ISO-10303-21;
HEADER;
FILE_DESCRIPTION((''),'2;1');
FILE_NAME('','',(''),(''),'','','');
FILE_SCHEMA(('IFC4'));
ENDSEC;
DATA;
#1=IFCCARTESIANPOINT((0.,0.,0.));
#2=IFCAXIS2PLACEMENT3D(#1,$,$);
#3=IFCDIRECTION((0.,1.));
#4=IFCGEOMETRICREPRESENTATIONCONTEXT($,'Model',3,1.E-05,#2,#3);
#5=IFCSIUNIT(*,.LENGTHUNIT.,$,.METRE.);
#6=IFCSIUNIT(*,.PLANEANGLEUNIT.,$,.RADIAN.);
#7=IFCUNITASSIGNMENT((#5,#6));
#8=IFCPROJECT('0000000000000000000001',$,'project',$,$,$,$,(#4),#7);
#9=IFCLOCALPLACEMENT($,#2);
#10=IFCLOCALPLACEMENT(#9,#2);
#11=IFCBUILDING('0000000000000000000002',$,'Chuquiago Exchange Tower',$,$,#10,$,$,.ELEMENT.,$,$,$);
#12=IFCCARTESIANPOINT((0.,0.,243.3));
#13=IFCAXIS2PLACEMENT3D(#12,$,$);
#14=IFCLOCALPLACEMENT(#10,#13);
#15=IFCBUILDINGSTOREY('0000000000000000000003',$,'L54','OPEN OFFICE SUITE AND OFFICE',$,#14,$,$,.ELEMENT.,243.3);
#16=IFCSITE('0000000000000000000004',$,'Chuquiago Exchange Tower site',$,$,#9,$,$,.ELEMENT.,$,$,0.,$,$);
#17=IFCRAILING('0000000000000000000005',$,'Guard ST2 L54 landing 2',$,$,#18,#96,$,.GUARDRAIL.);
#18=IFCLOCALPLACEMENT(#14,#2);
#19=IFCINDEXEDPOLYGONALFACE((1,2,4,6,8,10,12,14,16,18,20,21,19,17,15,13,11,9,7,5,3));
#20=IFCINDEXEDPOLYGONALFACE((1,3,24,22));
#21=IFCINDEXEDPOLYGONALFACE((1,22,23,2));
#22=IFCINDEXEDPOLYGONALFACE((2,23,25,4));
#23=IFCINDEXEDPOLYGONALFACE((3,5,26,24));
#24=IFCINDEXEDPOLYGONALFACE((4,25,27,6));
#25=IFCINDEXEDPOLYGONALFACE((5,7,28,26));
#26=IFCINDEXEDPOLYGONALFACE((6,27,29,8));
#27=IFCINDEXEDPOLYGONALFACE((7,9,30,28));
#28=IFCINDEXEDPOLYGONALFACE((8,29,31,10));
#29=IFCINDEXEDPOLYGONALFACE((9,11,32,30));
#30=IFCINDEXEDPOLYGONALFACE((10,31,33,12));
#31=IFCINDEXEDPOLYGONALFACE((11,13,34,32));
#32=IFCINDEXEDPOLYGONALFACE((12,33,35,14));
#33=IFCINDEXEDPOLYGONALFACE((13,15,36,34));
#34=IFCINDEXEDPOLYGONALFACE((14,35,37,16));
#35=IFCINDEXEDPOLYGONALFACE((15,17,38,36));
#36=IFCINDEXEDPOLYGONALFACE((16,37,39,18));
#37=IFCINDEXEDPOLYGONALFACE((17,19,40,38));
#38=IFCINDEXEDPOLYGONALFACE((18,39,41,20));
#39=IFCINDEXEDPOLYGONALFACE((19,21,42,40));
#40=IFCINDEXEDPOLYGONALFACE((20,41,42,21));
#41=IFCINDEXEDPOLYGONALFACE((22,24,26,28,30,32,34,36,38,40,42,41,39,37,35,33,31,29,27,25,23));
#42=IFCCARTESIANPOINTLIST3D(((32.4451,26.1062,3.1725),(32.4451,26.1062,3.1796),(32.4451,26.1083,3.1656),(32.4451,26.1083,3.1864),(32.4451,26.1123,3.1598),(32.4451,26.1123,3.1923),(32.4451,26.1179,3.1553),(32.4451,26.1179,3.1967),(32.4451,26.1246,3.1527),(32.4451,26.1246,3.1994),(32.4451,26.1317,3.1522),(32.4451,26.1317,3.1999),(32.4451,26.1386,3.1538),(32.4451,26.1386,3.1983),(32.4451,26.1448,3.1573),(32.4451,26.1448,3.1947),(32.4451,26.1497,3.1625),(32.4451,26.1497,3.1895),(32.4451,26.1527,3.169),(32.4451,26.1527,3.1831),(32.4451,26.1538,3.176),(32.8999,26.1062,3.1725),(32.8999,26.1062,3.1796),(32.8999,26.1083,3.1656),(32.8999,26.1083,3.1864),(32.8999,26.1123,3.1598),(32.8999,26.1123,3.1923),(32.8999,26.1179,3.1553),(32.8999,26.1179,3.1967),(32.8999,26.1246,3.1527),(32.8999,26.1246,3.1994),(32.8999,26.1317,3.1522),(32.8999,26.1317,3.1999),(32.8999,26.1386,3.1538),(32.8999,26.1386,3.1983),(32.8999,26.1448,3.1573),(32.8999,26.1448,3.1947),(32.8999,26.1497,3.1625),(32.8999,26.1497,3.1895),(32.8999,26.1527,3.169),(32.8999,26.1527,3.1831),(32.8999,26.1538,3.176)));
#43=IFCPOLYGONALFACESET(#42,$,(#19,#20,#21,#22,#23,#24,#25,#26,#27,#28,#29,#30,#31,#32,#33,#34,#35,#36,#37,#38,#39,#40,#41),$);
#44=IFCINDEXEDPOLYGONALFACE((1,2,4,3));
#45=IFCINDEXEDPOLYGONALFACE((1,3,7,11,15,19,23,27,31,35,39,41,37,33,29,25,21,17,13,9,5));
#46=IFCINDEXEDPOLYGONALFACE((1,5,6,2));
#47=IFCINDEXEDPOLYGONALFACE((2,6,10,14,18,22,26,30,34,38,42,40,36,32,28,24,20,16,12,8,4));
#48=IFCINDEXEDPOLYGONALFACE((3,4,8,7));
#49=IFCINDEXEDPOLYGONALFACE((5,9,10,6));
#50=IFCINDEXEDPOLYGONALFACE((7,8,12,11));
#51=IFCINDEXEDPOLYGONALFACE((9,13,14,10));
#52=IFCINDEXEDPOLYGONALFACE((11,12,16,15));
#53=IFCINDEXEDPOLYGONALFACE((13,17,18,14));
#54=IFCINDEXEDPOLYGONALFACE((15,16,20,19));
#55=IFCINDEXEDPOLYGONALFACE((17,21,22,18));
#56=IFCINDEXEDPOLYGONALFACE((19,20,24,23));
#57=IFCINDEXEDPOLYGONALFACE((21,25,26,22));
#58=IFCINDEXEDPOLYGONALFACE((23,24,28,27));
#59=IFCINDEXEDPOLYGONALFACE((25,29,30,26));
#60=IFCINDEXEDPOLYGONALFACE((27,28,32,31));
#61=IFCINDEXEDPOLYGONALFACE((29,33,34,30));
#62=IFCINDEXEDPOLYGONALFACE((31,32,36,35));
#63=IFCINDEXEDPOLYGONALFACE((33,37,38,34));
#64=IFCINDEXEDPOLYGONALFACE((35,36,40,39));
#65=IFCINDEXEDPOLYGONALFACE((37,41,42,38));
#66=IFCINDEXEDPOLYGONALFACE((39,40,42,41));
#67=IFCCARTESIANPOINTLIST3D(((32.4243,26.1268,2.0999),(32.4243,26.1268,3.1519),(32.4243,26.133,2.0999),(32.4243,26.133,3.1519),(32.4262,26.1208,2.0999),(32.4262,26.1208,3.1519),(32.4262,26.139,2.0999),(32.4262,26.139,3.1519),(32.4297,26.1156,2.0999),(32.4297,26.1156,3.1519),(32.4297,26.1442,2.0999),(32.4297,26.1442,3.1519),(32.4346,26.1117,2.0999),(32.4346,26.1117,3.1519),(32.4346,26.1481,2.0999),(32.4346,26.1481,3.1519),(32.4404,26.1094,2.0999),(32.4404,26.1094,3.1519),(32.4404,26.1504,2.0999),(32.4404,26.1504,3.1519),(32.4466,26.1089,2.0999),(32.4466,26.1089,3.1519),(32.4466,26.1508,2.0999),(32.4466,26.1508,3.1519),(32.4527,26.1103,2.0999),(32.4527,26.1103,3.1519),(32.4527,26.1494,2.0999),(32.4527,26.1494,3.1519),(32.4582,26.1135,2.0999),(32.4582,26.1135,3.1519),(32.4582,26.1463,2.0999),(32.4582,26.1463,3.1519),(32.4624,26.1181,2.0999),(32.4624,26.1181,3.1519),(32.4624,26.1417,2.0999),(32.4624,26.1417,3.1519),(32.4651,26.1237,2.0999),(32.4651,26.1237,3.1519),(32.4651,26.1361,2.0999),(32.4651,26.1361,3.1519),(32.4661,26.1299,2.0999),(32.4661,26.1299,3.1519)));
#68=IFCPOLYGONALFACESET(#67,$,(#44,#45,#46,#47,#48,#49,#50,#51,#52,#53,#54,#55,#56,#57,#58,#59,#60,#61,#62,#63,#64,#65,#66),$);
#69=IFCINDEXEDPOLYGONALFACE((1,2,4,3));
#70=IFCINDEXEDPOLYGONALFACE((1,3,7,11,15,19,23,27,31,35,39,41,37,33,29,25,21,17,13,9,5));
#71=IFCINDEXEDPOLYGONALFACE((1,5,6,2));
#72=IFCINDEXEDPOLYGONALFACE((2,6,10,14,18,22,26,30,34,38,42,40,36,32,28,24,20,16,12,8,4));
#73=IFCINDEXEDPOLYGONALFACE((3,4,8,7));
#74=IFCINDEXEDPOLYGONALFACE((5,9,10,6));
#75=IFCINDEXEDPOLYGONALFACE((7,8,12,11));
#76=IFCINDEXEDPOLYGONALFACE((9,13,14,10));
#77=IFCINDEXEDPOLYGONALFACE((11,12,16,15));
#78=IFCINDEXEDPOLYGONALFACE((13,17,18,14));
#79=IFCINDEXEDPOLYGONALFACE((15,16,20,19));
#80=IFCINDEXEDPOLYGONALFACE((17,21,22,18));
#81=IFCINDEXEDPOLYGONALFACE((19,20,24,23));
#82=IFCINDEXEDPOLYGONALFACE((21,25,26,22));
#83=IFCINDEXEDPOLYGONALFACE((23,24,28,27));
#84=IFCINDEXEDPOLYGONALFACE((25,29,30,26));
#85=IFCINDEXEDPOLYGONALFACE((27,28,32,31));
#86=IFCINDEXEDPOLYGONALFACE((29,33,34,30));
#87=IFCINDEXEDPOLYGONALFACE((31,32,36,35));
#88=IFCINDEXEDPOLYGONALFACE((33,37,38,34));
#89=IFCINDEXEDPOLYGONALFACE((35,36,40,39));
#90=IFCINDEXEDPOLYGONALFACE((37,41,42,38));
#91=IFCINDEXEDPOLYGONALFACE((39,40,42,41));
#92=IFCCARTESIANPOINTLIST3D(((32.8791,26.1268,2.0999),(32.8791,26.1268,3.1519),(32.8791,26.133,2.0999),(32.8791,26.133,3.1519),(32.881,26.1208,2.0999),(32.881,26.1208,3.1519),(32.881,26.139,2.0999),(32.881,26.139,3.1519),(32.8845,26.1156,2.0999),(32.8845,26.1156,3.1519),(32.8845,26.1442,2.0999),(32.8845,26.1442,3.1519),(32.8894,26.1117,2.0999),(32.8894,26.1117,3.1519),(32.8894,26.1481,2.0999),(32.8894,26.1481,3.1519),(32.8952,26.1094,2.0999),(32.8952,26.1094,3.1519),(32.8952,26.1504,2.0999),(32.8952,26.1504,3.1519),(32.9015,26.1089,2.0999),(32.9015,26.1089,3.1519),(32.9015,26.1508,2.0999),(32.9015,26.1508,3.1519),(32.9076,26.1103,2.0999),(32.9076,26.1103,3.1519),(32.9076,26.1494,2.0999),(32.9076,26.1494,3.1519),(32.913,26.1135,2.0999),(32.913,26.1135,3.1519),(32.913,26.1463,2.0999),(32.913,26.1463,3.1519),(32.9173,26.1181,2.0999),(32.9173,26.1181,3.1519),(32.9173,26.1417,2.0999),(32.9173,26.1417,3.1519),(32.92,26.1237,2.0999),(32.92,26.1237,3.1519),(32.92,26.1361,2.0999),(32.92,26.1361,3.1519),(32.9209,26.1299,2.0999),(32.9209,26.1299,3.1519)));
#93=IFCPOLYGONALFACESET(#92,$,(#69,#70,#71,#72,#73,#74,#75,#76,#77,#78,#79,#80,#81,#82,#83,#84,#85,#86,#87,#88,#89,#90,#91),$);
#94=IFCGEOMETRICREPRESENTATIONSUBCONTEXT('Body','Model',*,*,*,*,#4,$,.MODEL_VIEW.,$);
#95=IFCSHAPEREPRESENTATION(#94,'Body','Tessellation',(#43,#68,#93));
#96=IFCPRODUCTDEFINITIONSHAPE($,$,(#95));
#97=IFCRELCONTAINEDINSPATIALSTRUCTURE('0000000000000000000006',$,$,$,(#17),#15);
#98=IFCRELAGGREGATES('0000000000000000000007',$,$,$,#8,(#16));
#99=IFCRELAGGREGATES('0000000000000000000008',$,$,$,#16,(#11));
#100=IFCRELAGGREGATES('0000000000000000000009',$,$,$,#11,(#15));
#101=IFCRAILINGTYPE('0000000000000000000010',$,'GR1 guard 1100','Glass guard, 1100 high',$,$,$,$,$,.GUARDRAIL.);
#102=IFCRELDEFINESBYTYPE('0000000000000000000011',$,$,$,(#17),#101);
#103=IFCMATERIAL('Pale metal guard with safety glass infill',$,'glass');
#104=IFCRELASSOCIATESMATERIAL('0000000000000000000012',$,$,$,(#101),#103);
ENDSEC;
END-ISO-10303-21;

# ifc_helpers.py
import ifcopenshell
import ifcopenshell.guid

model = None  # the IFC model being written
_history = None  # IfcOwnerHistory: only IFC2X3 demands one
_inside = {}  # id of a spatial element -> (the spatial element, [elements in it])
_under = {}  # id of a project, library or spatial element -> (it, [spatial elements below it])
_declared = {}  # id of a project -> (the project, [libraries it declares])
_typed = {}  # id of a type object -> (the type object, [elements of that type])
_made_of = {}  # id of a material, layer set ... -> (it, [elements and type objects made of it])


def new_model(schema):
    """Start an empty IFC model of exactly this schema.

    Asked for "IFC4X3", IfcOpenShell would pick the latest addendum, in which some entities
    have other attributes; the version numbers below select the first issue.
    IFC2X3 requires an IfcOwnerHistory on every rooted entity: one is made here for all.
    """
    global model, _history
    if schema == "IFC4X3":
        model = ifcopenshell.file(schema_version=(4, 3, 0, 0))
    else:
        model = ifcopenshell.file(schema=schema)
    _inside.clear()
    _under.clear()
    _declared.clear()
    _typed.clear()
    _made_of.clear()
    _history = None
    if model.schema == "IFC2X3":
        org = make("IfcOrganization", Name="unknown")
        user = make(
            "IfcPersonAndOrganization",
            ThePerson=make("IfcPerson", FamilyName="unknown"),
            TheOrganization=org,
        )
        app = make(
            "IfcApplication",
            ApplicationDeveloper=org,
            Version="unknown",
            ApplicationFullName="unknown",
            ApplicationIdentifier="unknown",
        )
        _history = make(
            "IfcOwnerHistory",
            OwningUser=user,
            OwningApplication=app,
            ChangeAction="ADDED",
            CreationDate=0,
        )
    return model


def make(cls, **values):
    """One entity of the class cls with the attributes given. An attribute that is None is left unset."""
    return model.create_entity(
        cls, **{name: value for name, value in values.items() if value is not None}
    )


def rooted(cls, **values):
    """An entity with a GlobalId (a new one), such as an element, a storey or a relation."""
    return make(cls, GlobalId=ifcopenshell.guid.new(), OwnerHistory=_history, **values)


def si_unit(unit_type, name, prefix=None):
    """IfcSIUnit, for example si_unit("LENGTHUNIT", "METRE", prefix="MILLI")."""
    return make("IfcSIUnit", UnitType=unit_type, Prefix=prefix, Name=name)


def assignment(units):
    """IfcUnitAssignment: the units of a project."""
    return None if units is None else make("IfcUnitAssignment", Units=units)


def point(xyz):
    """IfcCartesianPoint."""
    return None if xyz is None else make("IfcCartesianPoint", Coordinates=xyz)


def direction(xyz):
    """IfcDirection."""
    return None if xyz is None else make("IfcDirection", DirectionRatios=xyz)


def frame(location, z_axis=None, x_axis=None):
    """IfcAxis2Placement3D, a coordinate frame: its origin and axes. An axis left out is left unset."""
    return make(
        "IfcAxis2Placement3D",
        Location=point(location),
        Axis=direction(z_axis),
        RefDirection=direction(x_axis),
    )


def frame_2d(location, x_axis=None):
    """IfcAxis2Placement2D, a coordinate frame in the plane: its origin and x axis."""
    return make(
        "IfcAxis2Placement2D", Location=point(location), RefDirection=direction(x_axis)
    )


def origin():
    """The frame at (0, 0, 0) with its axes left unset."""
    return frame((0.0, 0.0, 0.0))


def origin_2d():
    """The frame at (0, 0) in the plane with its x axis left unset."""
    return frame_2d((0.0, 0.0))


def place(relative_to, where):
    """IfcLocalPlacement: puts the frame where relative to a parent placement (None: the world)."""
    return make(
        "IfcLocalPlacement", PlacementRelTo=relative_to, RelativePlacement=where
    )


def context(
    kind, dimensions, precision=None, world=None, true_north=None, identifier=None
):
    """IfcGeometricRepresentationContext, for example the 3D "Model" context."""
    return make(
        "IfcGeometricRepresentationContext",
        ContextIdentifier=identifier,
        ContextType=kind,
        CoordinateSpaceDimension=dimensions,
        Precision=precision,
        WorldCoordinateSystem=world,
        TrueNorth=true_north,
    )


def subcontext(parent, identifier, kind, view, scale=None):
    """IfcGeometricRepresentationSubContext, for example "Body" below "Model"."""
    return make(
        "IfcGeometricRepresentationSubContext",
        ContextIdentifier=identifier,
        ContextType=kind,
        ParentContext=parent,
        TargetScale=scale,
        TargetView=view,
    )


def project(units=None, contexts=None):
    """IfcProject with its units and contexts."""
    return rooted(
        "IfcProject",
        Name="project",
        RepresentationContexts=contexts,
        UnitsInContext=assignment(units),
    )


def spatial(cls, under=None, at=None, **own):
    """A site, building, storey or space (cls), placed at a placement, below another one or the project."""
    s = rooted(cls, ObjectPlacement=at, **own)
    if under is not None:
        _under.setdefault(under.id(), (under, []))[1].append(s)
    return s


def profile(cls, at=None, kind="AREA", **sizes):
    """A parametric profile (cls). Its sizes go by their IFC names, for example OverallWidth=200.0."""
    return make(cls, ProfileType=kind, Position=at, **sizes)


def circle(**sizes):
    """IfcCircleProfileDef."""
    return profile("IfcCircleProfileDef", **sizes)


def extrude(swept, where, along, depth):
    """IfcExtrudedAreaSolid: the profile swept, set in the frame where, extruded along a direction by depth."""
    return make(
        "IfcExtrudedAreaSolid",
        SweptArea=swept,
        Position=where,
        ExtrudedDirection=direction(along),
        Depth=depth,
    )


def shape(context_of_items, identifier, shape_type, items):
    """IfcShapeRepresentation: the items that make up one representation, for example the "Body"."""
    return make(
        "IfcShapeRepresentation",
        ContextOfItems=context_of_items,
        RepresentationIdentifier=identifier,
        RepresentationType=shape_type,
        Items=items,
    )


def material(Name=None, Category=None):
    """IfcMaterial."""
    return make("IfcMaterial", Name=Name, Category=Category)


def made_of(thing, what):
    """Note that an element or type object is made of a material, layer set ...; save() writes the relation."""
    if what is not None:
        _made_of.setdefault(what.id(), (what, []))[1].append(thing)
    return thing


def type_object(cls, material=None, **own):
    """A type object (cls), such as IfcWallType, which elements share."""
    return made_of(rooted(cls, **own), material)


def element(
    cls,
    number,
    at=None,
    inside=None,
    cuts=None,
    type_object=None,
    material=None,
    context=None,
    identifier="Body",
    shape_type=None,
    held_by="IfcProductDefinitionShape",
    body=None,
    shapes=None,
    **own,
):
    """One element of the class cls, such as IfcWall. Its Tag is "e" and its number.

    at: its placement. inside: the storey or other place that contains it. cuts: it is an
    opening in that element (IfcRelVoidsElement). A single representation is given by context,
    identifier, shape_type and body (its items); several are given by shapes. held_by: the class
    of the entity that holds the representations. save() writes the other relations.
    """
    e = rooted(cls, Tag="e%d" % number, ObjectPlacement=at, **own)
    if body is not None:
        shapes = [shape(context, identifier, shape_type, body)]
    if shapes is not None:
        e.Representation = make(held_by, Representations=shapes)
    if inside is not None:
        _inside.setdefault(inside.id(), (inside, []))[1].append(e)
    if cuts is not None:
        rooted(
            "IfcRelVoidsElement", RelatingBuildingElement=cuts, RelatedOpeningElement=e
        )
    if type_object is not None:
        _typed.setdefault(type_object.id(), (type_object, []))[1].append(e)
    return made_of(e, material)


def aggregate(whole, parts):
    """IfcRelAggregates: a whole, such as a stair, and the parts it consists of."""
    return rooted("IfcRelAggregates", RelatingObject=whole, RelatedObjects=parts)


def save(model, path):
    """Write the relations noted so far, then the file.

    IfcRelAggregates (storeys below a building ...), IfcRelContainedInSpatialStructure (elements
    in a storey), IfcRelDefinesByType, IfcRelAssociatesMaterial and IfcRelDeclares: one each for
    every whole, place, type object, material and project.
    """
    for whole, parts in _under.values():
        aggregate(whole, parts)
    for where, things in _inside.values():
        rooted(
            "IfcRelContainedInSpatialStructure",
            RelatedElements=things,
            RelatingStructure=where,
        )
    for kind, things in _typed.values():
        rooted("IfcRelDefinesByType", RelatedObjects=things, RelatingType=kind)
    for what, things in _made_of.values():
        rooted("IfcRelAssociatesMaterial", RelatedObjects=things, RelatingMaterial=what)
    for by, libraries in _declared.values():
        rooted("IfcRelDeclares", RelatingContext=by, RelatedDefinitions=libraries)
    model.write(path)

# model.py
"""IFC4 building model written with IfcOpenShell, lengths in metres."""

from ifc_helpers import new_model, si_unit, direction, frame, origin, origin_2d, place, context, subcontext, project, spatial, circle, extrude, material, type_object, element, save


model = new_model("IFC4")

# Units and contexts
model_context = context("Model", 3, precision=1e-05, world=origin(), true_north=direction((0.0, 1.0)))
body_context = subcontext(model_context, "Body", "Model", "MODEL_VIEW")
ifc_project = project(units=[si_unit("LENGTHUNIT", "METRE"), si_unit("PLANEANGLEUNIT", "RADIAN")], contexts=[model_context])

# Site, building, storey
site_placement = place(None, origin())
site = spatial("IfcSite", under=ifc_project, at=site_placement, Name="Chuquiago Exchange Tower site", CompositionType="ELEMENT", RefElevation=0.0)
building_placement = place(site_placement, origin())
building = spatial("IfcBuilding", under=site, at=building_placement, Name="Chuquiago Exchange Tower", CompositionType="ELEMENT")
storey_placement = place(building_placement, frame((0.0, 0.0, 243.3)))
storey = spatial("IfcBuildingStorey", under=building, at=storey_placement, Name="L54", Description="OPEN OFFICE SUITE AND OFFICE", CompositionType="ELEMENT", Elevation=243.3)

# Railing
ifc_material_1 = material(Name="Pale metal guard with safety glass infill", Category="glass")
railing_type_1 = type_object("IfcRailingType", Name="GR1 guard 1100", Description="Glass guard, 1100 high", PredefinedType="GUARDRAIL", material=ifc_material_1)
railing_placement = place(storey_placement, frame((32.4451, 26.1299, 2.0999)))
element("IfcRailing", 1, at=railing_placement, inside=storey, type_object=railing_type_1, Name="Guard ST2 L54 landing 2", PredefinedType="GUARDRAIL", context=body_context, shape_type="SweptSolid", body=[
    extrude(circle(Radius=0.0239, at=origin_2d()), frame((0.0, 0.0, 1.0762), z_axis=(1.0, 0.0, 0.0), x_axis=(0.0, 1.0, 0.0)), (0.0, 0.0, 1.0), 0.4548),
    extrude(circle(Radius=0.021, at=origin_2d()), origin(), (0.0, 0.0, 1.0), 1.052),
    extrude(circle(Radius=0.021, at=origin_2d()), frame((0.4548, 0.0, 0.0)), (0.0, 0.0, 1.0), 1.052),
])

save(model, "model.ifc")
